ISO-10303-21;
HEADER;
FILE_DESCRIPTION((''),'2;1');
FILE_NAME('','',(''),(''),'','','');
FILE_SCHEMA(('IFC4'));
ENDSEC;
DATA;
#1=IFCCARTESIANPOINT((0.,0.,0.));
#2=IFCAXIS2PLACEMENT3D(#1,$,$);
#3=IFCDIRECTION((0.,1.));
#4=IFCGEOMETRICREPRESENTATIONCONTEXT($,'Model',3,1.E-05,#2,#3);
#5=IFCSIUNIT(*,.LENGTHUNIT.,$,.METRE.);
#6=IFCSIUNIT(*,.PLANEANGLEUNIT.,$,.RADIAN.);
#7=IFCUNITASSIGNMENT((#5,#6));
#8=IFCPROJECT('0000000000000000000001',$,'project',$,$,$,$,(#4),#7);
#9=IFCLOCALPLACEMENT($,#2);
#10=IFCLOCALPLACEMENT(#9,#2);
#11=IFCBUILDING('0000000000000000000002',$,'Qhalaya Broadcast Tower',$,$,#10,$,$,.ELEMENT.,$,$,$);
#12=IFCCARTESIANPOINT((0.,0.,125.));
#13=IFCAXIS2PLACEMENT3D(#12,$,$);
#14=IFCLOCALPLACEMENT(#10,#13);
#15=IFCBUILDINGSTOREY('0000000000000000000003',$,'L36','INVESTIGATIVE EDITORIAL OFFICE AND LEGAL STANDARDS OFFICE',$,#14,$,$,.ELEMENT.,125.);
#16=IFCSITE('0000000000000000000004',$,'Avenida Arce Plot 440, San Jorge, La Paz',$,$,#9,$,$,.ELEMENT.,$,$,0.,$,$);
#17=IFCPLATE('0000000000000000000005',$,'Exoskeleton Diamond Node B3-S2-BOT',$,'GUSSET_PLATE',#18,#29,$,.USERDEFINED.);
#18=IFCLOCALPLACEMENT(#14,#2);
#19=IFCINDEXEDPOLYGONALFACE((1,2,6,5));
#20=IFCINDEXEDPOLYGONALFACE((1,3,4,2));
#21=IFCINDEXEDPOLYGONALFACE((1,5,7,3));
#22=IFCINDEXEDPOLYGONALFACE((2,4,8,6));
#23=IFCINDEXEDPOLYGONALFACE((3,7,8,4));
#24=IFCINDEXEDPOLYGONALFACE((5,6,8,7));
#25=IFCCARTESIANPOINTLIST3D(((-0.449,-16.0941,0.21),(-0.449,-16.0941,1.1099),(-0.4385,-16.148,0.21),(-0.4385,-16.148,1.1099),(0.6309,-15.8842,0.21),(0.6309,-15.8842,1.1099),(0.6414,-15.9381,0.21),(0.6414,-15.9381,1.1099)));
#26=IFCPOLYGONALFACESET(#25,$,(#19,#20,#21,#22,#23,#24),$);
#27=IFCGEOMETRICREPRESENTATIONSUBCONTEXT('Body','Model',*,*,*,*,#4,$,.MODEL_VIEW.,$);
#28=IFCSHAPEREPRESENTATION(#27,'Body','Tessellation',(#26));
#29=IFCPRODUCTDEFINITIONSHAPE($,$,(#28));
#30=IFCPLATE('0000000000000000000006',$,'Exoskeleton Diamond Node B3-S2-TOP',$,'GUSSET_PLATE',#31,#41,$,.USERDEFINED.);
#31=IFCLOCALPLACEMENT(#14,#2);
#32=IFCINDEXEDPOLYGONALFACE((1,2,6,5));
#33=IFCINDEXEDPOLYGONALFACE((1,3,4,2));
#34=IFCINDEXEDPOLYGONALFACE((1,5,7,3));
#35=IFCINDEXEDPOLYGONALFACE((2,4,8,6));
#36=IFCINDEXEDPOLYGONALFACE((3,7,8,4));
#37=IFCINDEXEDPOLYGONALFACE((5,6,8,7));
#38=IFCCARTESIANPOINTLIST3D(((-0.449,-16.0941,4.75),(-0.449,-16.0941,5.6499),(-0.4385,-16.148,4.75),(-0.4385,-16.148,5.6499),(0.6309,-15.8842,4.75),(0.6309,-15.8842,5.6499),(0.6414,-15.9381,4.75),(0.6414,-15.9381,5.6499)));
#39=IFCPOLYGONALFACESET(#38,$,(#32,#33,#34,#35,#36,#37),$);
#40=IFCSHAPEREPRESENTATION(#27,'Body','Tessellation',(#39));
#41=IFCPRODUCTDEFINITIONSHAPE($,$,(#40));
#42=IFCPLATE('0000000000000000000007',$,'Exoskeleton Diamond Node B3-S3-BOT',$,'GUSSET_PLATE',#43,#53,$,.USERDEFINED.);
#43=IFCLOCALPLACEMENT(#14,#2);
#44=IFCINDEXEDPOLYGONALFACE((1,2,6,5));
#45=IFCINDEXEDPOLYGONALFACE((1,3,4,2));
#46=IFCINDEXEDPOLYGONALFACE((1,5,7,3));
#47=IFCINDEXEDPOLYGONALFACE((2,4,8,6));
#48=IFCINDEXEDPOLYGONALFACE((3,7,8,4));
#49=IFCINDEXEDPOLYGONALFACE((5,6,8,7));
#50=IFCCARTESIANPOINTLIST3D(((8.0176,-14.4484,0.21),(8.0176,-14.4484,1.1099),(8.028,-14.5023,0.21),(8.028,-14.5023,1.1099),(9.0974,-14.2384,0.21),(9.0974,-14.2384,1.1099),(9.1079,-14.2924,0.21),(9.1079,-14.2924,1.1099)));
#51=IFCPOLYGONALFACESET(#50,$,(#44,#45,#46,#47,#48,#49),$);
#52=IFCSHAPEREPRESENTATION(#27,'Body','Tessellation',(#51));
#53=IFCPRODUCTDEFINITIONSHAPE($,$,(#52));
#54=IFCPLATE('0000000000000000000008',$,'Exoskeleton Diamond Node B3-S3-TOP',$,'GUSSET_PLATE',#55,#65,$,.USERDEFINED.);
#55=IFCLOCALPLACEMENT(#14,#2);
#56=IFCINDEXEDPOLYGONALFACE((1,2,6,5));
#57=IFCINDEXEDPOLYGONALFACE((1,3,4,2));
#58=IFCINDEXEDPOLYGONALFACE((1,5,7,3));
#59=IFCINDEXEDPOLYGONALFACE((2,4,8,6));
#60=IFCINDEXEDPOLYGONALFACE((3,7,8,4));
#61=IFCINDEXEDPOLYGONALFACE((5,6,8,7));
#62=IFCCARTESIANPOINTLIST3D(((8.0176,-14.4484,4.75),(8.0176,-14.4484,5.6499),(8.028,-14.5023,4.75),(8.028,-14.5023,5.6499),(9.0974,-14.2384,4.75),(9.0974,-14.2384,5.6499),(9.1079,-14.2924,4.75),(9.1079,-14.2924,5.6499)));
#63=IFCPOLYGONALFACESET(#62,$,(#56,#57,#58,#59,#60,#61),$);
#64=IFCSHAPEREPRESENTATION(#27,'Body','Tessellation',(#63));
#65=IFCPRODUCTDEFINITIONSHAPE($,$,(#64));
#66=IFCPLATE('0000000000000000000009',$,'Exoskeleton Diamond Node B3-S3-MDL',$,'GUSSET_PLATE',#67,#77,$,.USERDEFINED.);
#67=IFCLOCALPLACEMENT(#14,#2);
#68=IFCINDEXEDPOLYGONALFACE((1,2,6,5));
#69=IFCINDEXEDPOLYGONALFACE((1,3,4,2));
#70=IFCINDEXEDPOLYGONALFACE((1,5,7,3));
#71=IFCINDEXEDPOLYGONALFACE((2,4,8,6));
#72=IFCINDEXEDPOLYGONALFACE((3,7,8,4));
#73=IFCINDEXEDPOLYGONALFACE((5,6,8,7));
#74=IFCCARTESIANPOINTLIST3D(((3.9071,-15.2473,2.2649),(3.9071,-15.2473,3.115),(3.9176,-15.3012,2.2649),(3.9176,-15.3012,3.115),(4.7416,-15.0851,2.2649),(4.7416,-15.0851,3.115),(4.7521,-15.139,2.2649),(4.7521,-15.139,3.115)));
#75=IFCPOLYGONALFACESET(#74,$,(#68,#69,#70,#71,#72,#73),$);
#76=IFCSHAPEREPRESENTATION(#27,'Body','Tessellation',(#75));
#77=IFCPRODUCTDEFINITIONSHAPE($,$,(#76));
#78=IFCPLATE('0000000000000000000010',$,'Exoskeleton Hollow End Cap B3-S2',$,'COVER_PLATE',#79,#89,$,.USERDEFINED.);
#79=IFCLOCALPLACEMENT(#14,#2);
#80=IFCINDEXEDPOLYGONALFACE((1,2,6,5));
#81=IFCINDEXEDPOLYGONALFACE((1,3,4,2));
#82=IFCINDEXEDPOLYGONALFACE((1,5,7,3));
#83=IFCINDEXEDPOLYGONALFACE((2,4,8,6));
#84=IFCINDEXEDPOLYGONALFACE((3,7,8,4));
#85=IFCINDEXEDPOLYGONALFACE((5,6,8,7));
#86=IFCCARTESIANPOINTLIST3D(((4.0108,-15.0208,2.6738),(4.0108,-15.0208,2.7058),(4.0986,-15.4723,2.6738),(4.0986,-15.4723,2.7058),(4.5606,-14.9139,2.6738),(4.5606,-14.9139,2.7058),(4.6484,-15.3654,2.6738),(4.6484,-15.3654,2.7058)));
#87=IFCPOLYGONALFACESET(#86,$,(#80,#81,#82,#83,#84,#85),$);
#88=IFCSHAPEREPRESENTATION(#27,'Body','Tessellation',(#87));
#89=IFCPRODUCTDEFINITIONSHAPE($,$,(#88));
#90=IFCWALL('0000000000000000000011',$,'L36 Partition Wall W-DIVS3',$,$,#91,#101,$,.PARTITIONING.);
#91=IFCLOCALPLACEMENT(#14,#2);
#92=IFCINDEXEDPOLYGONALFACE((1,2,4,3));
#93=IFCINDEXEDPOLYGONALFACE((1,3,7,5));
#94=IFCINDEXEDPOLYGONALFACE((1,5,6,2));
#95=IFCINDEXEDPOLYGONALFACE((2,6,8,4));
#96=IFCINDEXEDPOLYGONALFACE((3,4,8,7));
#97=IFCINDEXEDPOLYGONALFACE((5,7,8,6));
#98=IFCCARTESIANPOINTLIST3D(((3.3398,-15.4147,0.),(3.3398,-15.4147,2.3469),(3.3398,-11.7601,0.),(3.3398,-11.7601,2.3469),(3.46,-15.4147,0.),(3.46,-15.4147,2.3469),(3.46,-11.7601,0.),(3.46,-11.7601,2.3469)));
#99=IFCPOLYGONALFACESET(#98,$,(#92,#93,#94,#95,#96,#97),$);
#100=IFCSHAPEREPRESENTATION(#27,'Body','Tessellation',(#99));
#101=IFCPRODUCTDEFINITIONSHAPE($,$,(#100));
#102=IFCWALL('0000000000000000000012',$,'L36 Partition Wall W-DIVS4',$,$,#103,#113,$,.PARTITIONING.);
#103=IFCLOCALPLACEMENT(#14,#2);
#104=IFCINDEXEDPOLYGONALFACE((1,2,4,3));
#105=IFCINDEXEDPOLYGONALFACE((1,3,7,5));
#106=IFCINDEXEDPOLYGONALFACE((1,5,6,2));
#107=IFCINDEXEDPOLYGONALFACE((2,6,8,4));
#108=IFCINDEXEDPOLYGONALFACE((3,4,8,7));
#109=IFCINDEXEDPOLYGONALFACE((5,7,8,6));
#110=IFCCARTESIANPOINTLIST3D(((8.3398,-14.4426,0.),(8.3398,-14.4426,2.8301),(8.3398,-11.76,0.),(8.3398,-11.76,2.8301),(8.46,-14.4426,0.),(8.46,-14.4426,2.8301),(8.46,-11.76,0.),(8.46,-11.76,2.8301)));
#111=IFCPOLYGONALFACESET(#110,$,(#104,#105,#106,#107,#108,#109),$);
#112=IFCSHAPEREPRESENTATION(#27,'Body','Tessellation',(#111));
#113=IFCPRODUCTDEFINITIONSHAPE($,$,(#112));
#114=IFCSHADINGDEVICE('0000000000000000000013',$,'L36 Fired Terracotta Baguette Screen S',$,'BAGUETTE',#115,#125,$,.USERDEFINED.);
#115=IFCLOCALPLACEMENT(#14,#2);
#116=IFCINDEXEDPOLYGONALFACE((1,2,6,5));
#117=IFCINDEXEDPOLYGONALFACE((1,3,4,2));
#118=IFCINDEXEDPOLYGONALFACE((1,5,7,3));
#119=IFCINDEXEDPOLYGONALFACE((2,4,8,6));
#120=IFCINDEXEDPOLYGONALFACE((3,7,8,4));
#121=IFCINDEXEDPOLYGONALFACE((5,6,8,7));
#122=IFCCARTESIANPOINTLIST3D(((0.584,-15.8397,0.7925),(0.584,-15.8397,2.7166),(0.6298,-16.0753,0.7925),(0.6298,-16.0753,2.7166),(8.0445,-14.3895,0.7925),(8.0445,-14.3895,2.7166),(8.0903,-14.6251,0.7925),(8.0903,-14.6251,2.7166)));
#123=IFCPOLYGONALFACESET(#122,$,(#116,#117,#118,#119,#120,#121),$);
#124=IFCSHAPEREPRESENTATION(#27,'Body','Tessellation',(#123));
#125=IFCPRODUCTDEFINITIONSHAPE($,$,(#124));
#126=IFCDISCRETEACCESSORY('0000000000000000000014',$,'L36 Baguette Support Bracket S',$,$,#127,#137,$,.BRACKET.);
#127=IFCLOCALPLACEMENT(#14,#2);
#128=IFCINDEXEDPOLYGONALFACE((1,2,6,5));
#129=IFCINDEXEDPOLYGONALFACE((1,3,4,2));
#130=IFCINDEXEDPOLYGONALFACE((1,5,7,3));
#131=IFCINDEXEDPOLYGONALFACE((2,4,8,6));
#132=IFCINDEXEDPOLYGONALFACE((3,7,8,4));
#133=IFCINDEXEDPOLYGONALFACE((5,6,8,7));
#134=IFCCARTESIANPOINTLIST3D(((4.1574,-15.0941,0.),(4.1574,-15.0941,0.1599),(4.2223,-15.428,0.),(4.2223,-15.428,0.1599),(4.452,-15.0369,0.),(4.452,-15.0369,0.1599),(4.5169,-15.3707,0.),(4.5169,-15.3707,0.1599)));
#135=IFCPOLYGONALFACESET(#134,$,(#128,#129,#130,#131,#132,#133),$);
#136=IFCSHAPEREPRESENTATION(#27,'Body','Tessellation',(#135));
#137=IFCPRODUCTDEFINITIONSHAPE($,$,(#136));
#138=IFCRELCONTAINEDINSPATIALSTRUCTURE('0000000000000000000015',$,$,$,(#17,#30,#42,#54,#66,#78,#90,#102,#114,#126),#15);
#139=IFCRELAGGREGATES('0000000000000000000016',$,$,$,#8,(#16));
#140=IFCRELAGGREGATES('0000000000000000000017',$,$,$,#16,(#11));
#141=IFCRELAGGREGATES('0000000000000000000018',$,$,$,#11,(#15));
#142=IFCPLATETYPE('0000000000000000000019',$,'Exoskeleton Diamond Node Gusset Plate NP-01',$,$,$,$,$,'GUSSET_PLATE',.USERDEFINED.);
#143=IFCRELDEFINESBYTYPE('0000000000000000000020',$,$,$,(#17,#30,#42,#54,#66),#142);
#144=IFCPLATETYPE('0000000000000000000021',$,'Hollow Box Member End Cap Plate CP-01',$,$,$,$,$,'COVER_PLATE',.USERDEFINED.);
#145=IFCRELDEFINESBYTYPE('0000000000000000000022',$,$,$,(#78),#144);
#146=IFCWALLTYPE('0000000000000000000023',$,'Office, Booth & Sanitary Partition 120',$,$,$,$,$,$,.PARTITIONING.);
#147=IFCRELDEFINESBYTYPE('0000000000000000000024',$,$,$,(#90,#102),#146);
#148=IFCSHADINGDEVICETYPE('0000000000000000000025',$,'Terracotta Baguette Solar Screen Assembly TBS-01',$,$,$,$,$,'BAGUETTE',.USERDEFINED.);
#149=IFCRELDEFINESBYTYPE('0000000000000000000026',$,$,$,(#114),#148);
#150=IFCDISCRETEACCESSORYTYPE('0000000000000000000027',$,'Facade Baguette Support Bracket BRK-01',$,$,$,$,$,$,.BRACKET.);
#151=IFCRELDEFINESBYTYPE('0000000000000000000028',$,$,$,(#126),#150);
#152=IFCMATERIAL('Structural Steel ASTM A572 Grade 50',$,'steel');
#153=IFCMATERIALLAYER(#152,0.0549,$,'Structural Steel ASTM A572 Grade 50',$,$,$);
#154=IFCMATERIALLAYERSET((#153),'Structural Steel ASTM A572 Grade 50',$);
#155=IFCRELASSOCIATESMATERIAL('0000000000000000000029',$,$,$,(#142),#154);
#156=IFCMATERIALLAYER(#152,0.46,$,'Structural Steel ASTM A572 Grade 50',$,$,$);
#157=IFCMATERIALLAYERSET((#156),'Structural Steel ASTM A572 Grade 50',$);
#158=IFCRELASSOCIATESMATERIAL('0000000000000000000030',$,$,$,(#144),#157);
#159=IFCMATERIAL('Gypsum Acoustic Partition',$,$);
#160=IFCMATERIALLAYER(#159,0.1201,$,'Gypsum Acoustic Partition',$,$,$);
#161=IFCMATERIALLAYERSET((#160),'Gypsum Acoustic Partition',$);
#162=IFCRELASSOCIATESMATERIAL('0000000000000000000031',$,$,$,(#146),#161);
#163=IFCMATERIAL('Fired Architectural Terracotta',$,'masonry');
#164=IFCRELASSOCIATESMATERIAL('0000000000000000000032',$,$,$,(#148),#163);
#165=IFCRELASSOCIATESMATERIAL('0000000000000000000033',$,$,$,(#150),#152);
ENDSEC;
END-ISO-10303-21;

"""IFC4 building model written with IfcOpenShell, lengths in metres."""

from ifc_helpers import new_model, si_unit, direction, frame, frame_2d, origin, origin_2d, place, context, subcontext, project, spatial, rectangle, extrude, material, layer, layer_set, type_object, element, save


model = new_model("IFC4")

# Units and contexts
model_context = context("Model", 3, precision=1e-05, world=origin(), true_north=direction((0.0, 1.0)))
body_context = subcontext(model_context, "Body", "Model", "MODEL_VIEW")
ifc_project = project(units=[si_unit("LENGTHUNIT", "METRE"), si_unit("PLANEANGLEUNIT", "RADIAN")], contexts=[model_context])

# Site, building, storey
site_placement = place(None, origin())
site = spatial("IfcSite", under=ifc_project, at=site_placement, Name="Avenida Arce Plot 440, San Jorge, La Paz", CompositionType="ELEMENT", RefElevation=0.0)
building_placement = place(site_placement, origin())
building = spatial("IfcBuilding", under=site, at=building_placement, Name="Qhalaya Broadcast Tower", CompositionType="ELEMENT")
storey_placement = place(building_placement, frame((0.0, 0.0, 125.0)))
storey = spatial("IfcBuildingStorey", under=building, at=storey_placement, Name="L36", Description="INVESTIGATIVE EDITORIAL OFFICE AND LEGAL STANDARDS OFFICE", CompositionType="ELEMENT", Elevation=125.0)

# Shared definitions
ifc_material_1 = material(Name="Structural Steel ASTM A572 Grade 50", Category="steel")

# Plates
ifc_layer_1 = layer(ifc_material_1, 0.0549, Name="Structural Steel ASTM A572 Grade 50")
ifc_layer_set_1 = layer_set([ifc_layer_1], Name="Structural Steel ASTM A572 Grade 50")
plate_type_1 = type_object("IfcPlateType", Name="Exoskeleton Diamond Node Gusset Plate NP-01", ElementType="GUSSET_PLATE", PredefinedType="USERDEFINED", material=ifc_layer_set_1)
for number, where, z_axis, x_axis, name in (
    (1, (0.0962, -16.0161, 0.21), (0.0, 0.0, 1.0), (0.981627, 0.190809, 0.0), "Exoskeleton Diamond Node B3-S2-BOT"),
    (2, (0.0962, -16.0161, 4.75), (0.0, 0.0, 1.0), (0.981627, 0.190809, 0.0), "Exoskeleton Diamond Node B3-S2-TOP"),
    (3, (8.5627, -14.3704, 0.21), (0.0, 0.0, 1.0), (0.981627, 0.190809, 0.0), "Exoskeleton Diamond Node B3-S3-BOT"),
    (4, (8.5627, -14.3704, 4.75), (0.0, 0.0, 1.0), (0.981627, 0.190809, 0.0), "Exoskeleton Diamond Node B3-S3-TOP"),
):
    element("IfcPlate", number, at=place(storey_placement, frame(where, z_axis=z_axis, x_axis=x_axis)), inside=storey, type_object=plate_type_1, Name=name, ObjectType="GUSSET_PLATE", PredefinedType="USERDEFINED", context=body_context, shape_type="SweptSolid", body=[
        extrude(rectangle(XDim=1.1001, YDim=0.0549, at=origin_2d()), origin(), (0.0, 0.0, 1.0), 0.8999),
    ])
plate_1_placement = place(storey_placement, frame((4.3296, -15.1931, 2.2649), z_axis=(0.0, 0.0, 1.0), x_axis=(0.981627, 0.190809, 0.0)))
element("IfcPlate", 5, at=plate_1_placement, inside=storey, type_object=plate_type_1, Name="Exoskeleton Diamond Node B3-S3-MDL", ObjectType="GUSSET_PLATE", PredefinedType="USERDEFINED", context=body_context, shape_type="SweptSolid", body=[
    extrude(rectangle(XDim=0.8501, YDim=0.0549, at=origin_2d()), origin(), (0.0, 0.0, 1.0), 0.8501),
])
ifc_layer_2 = layer(ifc_material_1, 0.46, Name="Structural Steel ASTM A572 Grade 50")
ifc_layer_set_2 = layer_set([ifc_layer_2], Name="Structural Steel ASTM A572 Grade 50")
plate_type_2 = type_object("IfcPlateType", Name="Hollow Box Member End Cap Plate CP-01", ElementType="COVER_PLATE", PredefinedType="USERDEFINED", material=ifc_layer_set_2)
plate_2_placement = place(storey_placement, frame((4.3296, -15.1931, 2.6738), z_axis=(0.0, 0.0, 1.0), x_axis=(0.981627, 0.190809, 0.0)))
element("IfcPlate", 6, at=plate_2_placement, inside=storey, type_object=plate_type_2, Name="Exoskeleton Hollow End Cap B3-S2", ObjectType="COVER_PLATE", PredefinedType="USERDEFINED", context=body_context, shape_type="SweptSolid", body=[
    extrude(rectangle(XDim=0.5601, YDim=0.46, at=origin_2d()), origin(), (0.0, 0.0, 1.0), 0.032),
])

# Walls
ifc_material_2 = material(Name="Gypsum Acoustic Partition")
ifc_layer_3 = layer(ifc_material_2, 0.1201, Name="Gypsum Acoustic Partition")
ifc_layer_set_3 = layer_set([ifc_layer_3], Name="Gypsum Acoustic Partition")
wall_type = type_object("IfcWallType", Name="Office, Booth & Sanitary Partition 120", PredefinedType="PARTITIONING", material=ifc_layer_set_3)
wall_1_placement = place(storey_placement, frame((3.3999, -15.4146, 0.0), z_axis=(0.0, 0.0, 1.0), x_axis=(0.0, 1.0, 0.0)))
element("IfcWall", 7, at=wall_1_placement, inside=storey, type_object=wall_type, Name="L36 Partition Wall W-DIVS3", PredefinedType="PARTITIONING", context=body_context, shape_type="SweptSolid", body=[
    extrude(rectangle(XDim=3.6545, YDim=0.1201, at=frame_2d((1.8271, 0.0))), origin(), (0.0, 0.0, 1.0), 2.3469),
])
wall_2_placement = place(storey_placement, frame((8.3999, -14.4426, 0.0), z_axis=(0.0, 0.0, 1.0), x_axis=(0.0, 1.0, 0.0)))
element("IfcWall", 8, at=wall_2_placement, inside=storey, type_object=wall_type, Name="L36 Partition Wall W-DIVS4", PredefinedType="PARTITIONING", context=body_context, shape_type="SweptSolid", body=[
    extrude(rectangle(XDim=2.6826, YDim=0.1201, at=frame_2d((1.3413, 0.0))), origin(), (0.0, 0.0, 1.0), 2.8301),
])

# Shading device
ifc_material_3 = material(Name="Fired Architectural Terracotta", Category="masonry")
shading_device_type = type_object("IfcShadingDeviceType", Name="Terracotta Baguette Solar Screen Assembly TBS-01", ElementType="BAGUETTE", PredefinedType="USERDEFINED", material=ifc_material_3)
shading_device_placement = place(storey_placement, frame((4.3372, -15.2324, 0.7925), z_axis=(0.0, 0.0, 1.0), x_axis=(0.981627, 0.190809, 0.0)))
element("IfcShadingDevice", 9, at=shading_device_placement, inside=storey, type_object=shading_device_type, Name="L36 Fired Terracotta Baguette Screen S", ObjectType="BAGUETTE", PredefinedType="USERDEFINED", context=body_context, shape_type="SweptSolid", body=[
    extrude(rectangle(XDim=7.6001, YDim=0.24, at=origin_2d()), origin(), (0.0, 0.0, 1.0), 1.9241),
])

# Discrete accessory
discrete_accessory_type = type_object("IfcDiscreteAccessoryType", Name="Facade Baguette Support Bracket BRK-01", PredefinedType="BRACKET", material=ifc_material_1)
discrete_accessory_placement = place(storey_placement, frame((4.3372, -15.2324, 0.0), z_axis=(0.0, 0.0, 1.0), x_axis=(0.981627, 0.190809, 0.0)))
element("IfcDiscreteAccessory", 10, at=discrete_accessory_placement, inside=storey, type_object=discrete_accessory_type, Name="L36 Baguette Support Bracket S", PredefinedType="BRACKET", context=body_context, shape_type="SweptSolid", body=[
    extrude(rectangle(XDim=0.3, YDim=0.3401, at=origin_2d()), origin(), (0.0, 0.0, 1.0), 0.1599),
])

save(model, "model.ifc")
